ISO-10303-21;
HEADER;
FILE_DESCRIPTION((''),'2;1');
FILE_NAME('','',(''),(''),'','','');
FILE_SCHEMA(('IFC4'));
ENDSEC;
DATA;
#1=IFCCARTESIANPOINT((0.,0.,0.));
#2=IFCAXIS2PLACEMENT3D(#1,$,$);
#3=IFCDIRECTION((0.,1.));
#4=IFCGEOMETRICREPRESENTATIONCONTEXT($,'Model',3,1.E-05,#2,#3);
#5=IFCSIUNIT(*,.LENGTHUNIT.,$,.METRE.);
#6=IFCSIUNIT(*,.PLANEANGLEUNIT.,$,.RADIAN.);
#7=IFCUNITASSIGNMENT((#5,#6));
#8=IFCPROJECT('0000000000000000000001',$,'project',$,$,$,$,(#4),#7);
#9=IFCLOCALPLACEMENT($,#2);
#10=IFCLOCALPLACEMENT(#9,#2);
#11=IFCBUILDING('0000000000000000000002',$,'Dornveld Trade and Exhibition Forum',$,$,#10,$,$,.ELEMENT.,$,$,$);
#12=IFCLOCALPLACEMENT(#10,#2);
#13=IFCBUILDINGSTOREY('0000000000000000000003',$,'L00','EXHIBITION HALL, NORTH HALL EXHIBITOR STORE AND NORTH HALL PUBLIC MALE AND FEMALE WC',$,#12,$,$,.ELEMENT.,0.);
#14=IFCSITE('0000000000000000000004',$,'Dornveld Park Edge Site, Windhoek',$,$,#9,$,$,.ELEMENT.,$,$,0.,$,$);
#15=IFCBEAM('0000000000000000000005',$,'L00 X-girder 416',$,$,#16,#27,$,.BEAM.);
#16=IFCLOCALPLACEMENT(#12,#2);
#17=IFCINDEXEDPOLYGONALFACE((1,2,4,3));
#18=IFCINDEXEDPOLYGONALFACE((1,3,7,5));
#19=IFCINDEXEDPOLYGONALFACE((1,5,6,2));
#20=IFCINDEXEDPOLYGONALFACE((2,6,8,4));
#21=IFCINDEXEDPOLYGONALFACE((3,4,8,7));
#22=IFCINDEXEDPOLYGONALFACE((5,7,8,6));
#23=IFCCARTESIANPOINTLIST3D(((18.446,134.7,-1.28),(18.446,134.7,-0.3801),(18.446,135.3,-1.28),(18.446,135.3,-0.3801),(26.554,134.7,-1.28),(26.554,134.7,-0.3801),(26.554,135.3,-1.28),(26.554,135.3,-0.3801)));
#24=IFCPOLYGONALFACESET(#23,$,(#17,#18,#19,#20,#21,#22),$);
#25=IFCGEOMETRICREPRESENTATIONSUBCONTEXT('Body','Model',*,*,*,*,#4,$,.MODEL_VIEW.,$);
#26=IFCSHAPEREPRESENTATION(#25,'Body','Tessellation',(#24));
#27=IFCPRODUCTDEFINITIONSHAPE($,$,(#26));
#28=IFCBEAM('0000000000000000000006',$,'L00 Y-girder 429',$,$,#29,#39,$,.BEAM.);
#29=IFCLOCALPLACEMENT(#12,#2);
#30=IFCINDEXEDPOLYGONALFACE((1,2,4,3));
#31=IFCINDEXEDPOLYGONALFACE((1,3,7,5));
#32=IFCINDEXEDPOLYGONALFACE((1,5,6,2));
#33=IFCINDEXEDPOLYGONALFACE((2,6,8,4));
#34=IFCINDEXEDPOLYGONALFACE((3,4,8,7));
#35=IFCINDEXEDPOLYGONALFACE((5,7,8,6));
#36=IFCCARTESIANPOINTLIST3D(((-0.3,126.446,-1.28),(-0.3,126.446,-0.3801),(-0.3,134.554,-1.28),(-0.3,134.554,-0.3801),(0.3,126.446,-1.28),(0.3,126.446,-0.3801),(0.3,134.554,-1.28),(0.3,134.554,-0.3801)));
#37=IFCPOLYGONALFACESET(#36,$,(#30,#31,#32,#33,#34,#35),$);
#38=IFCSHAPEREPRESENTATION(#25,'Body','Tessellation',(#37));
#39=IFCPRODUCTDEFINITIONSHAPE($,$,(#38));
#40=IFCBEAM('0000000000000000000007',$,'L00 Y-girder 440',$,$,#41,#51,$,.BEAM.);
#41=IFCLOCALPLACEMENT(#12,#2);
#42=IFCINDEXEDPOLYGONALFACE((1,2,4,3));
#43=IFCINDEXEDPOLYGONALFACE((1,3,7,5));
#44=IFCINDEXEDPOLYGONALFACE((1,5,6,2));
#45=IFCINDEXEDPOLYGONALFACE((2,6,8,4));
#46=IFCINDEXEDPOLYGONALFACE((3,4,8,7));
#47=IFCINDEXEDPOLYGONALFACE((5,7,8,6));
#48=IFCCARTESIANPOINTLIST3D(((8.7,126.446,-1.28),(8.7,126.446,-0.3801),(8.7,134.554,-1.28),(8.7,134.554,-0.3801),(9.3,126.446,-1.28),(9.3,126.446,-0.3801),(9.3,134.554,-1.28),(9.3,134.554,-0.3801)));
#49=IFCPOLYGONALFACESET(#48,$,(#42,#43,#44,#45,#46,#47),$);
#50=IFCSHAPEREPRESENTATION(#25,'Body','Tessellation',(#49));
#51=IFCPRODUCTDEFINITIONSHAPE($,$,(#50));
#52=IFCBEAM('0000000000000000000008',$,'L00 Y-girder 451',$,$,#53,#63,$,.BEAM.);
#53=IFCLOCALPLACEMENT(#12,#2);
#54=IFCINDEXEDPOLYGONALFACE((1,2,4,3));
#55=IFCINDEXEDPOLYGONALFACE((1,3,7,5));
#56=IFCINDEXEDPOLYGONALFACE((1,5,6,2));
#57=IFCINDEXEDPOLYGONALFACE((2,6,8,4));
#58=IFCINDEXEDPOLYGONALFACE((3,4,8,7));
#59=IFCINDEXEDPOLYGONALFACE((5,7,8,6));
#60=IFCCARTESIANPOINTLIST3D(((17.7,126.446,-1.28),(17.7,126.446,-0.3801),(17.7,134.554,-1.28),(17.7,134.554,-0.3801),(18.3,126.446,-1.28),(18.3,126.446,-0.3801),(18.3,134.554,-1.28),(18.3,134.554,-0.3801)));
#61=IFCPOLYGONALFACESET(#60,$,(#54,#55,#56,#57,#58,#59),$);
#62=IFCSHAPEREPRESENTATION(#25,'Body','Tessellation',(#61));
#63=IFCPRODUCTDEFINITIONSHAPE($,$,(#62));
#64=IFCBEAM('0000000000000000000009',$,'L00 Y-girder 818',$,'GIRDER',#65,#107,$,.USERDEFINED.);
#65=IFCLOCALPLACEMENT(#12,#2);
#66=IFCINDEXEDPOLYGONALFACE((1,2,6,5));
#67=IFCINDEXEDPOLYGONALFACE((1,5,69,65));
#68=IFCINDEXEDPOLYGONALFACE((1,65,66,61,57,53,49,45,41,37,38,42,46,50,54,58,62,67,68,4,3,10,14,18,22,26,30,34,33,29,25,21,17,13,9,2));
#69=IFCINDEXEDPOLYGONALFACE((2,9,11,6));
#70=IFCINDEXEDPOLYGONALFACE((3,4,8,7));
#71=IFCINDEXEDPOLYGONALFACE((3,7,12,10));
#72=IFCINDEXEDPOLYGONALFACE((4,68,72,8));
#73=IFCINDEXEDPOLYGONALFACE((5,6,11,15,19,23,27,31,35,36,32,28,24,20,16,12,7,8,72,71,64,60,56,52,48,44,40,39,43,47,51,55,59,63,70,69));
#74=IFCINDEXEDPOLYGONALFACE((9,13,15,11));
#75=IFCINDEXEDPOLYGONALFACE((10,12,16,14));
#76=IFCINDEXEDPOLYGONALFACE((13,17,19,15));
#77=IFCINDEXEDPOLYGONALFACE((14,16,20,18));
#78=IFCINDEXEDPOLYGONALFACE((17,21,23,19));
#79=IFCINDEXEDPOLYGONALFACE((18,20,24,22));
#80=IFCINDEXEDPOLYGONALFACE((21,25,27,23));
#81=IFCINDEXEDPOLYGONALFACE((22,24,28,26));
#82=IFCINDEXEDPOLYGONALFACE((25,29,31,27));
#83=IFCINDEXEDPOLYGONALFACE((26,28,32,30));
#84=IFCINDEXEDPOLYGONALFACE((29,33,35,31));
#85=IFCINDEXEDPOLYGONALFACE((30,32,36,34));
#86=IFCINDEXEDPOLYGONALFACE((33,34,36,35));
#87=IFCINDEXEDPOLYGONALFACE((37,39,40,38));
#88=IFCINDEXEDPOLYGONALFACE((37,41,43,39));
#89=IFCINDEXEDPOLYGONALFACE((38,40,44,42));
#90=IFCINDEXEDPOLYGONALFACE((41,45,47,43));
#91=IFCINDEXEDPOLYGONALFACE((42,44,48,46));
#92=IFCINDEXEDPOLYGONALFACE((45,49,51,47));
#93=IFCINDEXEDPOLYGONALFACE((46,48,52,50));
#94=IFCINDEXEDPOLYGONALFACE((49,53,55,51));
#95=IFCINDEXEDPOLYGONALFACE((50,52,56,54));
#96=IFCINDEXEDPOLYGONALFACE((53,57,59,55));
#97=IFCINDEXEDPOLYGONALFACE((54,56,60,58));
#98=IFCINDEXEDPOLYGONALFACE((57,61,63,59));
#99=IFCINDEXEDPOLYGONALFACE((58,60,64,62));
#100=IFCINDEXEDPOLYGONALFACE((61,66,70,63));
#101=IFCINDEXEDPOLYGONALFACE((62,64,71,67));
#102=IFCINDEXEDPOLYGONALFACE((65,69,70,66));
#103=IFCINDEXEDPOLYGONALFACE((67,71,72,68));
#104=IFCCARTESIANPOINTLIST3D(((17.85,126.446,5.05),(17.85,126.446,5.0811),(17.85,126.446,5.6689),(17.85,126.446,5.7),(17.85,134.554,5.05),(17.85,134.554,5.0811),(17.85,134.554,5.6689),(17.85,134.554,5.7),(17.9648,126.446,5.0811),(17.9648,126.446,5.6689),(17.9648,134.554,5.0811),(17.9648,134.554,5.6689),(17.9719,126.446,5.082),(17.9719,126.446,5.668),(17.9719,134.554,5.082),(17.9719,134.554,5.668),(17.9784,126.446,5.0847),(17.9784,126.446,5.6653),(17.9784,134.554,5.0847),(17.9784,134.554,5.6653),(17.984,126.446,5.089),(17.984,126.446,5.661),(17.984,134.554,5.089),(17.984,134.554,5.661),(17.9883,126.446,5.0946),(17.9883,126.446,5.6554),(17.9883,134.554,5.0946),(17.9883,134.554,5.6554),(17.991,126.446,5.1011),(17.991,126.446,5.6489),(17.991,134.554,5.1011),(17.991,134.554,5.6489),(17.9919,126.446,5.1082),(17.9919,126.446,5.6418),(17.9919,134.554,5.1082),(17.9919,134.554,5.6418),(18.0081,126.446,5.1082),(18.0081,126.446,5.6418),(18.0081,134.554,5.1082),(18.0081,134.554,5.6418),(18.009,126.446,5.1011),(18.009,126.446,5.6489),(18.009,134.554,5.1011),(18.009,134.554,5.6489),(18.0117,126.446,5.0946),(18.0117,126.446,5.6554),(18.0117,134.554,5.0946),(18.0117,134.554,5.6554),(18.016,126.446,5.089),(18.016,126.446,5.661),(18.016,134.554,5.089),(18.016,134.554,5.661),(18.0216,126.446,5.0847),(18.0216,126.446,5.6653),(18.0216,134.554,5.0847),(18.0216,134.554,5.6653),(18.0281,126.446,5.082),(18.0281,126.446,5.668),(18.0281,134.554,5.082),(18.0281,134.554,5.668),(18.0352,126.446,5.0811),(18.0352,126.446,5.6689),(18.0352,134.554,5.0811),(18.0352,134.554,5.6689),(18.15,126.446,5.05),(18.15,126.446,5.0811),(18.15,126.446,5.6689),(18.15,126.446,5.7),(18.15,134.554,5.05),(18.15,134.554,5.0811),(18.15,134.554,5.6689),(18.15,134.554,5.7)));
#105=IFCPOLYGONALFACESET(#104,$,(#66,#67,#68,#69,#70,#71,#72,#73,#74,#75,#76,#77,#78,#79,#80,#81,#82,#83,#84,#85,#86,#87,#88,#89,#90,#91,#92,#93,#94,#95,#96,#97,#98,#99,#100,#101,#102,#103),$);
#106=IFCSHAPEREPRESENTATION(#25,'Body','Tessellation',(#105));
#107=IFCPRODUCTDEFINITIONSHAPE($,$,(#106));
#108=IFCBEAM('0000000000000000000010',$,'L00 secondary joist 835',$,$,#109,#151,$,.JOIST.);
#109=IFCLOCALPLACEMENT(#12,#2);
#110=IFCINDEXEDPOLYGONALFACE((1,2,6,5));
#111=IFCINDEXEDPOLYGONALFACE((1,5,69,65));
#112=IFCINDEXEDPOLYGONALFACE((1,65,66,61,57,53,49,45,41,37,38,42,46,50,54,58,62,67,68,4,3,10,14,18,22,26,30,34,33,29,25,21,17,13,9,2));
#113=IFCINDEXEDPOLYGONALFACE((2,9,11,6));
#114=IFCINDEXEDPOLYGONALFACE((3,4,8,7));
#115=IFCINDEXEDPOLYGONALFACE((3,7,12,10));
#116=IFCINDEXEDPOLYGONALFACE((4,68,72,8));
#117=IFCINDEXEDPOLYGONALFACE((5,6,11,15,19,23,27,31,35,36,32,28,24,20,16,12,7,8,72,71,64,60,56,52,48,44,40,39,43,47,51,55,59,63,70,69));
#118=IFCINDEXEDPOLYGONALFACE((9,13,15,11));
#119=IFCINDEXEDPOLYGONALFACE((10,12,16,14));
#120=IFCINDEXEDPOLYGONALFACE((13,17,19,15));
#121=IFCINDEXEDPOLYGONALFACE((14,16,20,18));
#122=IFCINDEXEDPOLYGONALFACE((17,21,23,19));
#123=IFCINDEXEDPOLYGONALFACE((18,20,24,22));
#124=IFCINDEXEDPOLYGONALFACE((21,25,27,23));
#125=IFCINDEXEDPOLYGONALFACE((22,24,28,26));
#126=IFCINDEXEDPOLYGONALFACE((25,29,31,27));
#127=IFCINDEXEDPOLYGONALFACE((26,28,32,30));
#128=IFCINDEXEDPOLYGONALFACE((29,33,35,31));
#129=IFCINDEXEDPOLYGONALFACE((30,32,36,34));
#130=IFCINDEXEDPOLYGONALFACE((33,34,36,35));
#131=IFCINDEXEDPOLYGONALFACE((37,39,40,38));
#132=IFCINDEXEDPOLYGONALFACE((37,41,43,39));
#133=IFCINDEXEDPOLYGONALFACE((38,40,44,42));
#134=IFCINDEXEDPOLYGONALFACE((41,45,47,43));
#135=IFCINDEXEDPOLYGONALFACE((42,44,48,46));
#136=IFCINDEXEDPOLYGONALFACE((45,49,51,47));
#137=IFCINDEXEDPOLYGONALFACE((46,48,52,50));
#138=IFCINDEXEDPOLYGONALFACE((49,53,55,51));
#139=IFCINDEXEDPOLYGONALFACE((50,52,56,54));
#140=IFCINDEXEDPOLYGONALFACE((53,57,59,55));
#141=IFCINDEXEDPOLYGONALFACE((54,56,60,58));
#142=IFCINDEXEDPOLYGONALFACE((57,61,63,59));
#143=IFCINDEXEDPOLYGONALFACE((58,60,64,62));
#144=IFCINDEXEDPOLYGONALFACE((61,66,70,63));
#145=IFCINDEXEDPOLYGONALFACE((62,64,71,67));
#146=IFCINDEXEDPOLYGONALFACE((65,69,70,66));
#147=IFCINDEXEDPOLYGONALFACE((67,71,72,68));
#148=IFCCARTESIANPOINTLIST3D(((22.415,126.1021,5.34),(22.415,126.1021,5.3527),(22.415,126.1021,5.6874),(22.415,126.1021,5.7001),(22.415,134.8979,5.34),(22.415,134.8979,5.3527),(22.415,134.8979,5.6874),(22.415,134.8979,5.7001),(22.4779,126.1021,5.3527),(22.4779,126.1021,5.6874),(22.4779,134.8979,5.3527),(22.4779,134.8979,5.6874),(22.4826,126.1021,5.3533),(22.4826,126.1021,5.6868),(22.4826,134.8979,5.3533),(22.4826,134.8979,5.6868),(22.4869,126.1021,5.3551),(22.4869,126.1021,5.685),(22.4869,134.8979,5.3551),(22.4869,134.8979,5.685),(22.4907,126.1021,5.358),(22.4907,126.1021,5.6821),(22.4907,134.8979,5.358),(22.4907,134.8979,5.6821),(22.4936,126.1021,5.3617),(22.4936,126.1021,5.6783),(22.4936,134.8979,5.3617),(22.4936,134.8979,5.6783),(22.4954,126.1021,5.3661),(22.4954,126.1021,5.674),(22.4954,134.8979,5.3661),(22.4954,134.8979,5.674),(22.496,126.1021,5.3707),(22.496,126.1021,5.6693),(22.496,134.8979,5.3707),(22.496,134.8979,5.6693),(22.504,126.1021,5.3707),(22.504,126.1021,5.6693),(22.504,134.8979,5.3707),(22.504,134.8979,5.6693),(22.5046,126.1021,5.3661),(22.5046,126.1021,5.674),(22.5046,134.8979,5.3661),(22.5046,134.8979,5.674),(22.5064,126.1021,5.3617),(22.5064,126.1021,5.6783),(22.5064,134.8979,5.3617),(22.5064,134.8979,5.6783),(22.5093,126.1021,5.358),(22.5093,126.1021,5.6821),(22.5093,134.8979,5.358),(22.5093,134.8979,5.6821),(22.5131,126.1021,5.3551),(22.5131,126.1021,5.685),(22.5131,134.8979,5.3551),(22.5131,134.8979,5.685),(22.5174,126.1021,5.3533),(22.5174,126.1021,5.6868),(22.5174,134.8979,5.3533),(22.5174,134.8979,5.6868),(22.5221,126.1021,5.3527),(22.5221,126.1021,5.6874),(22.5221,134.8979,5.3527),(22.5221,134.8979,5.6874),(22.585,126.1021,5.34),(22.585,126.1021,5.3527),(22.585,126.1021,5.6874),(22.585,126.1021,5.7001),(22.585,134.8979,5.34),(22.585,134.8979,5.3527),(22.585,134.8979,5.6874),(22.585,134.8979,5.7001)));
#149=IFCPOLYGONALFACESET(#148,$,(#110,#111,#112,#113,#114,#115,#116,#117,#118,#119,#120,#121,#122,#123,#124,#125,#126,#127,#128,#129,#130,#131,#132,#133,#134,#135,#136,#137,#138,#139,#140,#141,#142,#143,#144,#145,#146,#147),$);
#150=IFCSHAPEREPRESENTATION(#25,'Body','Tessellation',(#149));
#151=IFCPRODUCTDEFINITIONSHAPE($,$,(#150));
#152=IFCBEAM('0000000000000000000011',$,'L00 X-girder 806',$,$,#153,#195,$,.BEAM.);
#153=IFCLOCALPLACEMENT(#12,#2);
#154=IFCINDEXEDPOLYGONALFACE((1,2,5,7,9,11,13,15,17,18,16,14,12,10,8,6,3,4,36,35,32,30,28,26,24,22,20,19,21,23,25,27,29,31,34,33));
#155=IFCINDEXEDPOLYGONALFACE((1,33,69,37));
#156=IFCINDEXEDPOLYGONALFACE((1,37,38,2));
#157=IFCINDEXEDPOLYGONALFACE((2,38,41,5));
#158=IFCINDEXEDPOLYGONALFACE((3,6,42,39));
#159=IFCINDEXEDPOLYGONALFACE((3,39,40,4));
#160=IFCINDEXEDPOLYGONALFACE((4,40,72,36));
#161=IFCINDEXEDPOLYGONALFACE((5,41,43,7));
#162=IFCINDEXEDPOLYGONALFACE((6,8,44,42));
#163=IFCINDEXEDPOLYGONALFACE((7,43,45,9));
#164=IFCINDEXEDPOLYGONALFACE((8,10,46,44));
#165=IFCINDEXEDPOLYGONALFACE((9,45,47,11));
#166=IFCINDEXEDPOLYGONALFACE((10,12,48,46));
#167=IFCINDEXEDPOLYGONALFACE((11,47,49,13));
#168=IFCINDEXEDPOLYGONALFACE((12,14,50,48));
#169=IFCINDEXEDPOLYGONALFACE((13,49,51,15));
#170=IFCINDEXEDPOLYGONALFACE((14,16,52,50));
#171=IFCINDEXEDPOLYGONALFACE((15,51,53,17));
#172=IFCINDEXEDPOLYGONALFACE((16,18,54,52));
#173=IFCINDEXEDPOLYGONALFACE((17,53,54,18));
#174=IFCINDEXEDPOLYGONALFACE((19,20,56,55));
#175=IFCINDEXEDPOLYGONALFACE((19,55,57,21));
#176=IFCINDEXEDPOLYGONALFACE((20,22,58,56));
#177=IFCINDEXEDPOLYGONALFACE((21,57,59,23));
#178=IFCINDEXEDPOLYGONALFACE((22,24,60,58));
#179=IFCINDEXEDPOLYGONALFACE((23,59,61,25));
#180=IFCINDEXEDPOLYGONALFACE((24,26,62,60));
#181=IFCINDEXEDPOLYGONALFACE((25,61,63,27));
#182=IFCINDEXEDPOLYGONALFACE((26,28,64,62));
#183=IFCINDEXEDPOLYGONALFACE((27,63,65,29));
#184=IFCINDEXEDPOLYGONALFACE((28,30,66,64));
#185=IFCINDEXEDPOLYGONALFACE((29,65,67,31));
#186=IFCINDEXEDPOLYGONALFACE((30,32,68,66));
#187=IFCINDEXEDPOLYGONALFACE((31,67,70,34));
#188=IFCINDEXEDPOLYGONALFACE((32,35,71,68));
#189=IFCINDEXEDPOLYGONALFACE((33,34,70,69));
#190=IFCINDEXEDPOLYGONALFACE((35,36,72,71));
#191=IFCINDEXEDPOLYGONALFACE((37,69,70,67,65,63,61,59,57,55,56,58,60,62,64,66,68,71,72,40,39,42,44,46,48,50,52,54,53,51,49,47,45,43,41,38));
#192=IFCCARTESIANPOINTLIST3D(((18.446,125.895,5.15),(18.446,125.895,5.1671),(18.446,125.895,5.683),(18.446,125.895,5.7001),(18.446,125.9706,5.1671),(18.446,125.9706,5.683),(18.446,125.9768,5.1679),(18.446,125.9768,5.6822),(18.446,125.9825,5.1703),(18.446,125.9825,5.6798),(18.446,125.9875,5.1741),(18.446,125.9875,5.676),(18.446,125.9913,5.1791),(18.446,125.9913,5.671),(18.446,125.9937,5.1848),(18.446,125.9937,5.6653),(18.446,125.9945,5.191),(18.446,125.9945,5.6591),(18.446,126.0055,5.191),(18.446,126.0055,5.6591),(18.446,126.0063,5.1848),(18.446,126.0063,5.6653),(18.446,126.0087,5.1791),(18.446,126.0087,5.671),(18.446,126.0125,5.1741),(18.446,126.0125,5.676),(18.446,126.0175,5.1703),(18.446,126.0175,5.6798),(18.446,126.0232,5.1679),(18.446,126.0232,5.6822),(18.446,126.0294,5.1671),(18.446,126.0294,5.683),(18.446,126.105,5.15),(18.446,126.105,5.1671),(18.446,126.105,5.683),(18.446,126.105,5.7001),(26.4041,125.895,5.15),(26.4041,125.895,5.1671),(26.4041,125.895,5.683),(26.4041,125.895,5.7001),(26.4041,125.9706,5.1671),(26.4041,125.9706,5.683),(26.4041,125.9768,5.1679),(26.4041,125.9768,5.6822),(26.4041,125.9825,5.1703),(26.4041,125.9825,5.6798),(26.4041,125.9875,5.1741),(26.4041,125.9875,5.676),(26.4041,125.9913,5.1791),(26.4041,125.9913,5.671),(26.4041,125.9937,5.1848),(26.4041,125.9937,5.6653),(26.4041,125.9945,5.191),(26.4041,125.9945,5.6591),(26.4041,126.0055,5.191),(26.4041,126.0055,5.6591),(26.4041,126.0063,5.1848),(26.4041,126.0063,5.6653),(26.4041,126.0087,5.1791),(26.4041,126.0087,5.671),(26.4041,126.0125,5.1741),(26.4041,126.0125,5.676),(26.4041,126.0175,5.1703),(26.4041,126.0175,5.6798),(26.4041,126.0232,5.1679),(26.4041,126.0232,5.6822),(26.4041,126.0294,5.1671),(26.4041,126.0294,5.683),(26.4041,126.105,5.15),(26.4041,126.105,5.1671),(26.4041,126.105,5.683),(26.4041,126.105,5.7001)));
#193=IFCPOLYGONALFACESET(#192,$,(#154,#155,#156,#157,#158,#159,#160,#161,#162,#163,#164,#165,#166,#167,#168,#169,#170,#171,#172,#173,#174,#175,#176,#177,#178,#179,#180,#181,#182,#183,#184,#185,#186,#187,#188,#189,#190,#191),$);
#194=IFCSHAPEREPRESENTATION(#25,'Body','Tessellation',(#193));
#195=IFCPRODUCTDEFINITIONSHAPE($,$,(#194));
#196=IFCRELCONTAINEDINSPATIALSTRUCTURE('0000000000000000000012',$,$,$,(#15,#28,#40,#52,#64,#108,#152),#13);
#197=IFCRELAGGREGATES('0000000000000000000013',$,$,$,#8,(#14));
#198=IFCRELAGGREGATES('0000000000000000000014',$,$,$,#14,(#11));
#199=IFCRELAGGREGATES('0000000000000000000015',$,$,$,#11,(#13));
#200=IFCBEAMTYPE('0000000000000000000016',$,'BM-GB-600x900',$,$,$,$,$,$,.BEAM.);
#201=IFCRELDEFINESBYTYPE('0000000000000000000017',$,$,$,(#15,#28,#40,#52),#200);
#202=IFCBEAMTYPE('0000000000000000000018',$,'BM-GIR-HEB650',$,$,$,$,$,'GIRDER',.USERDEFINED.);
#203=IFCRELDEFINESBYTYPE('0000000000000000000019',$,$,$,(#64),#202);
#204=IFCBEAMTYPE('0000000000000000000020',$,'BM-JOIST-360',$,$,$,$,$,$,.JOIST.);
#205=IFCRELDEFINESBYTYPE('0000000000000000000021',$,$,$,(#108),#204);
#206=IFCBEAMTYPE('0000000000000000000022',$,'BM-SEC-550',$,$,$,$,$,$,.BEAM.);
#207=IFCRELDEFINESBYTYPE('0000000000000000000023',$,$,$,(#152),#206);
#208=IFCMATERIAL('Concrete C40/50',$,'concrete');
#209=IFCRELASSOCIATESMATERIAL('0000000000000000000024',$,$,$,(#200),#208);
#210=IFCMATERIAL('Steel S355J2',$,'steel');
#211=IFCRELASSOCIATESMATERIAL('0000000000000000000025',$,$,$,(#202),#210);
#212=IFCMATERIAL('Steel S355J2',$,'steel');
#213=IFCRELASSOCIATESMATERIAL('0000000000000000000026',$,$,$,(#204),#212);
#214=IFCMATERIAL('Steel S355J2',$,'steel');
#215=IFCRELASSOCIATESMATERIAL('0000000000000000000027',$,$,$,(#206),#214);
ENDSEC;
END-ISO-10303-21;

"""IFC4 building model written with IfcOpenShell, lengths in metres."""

from ifc_helpers import new_model, si_unit, direction, frame, origin, origin_2d, place, context, subcontext, project, spatial, rectangle, i_section, extrude, material, material_profile, profile_set, type_object, element, save


model = new_model("IFC4")

# Units and contexts
model_context = context("Model", 3, precision=1e-05, world=origin(), true_north=direction((0.0, 1.0)))
body_context = subcontext(model_context, "Body", "Model", "MODEL_VIEW")
ifc_project = project(units=[si_unit("LENGTHUNIT", "METRE"), si_unit("PLANEANGLEUNIT", "RADIAN")], contexts=[model_context])

# Site, building, storey
site_placement = place(None, origin())
site = spatial("IfcSite", under=ifc_project, at=site_placement, Name="Dornveld Park Edge Site, Windhoek", CompositionType="ELEMENT", RefElevation=0.0)
building_placement = place(site_placement, origin())
building = spatial("IfcBuilding", under=site, at=building_placement, Name="Dornveld Trade and Exhibition Forum", CompositionType="ELEMENT")
storey_placement = place(building_placement, origin())
storey = spatial("IfcBuildingStorey", under=building, at=storey_placement, Name="L00", Description="EXHIBITION HALL, NORTH HALL EXHIBITOR STORE AND NORTH HALL PUBLIC MALE AND FEMALE WC", CompositionType="ELEMENT", Elevation=0.0)

# Beams
ifc_material_1 = material(Name="Concrete C40/50", Category="concrete")
ifc_material_profile_1 = material_profile(ifc_material_1, rectangle(XDim=0.6001, YDim=0.8999, at=origin_2d()), Name="RC-GB 600x900")
ifc_profile_set_1 = profile_set([ifc_material_profile_1], Name="Concrete C40/50")
beam_type_1 = type_object("IfcBeamType", Name="BM-GB-600x900", PredefinedType="BEAM", material=ifc_profile_set_1)
for number, where, z_axis, x_axis, name in (
    (1, (18.446, 135.0, -0.8301), (1.0, 0.0, 0.0), (0.0, 1.0, 0.0), "L00 X-girder 416"),
    (2, (0.0, 126.446, -0.8301), (0.0, 1.0, 0.0), (-1.0, 0.0, 0.0), "L00 Y-girder 429"),
    (3, (9.0, 126.446, -0.8301), (0.0, 1.0, 0.0), (-1.0, 0.0, 0.0), "L00 Y-girder 440"),
    (4, (18.0, 126.446, -0.8301), (0.0, 1.0, 0.0), (-1.0, 0.0, 0.0), "L00 Y-girder 451"),
):
    element("IfcBeam", number, at=place(storey_placement, frame(where, z_axis=z_axis, x_axis=x_axis)), inside=storey, type_object=beam_type_1, Name=name, PredefinedType="BEAM", context=body_context, shape_type="SweptSolid", body=[
        extrude(rectangle(XDim=0.6001, YDim=0.8999, at=origin_2d()), origin(), (0.0, 0.0, 1.0), 8.1079),
    ])
ifc_material_2 = material(Name="Steel S355J2", Category="steel")
ifc_material_profile_2 = material_profile(ifc_material_2, i_section(OverallWidth=0.3, OverallDepth=0.6499, WebThickness=0.0161, FlangeThickness=0.031, FilletRadius=0.0271, at=origin_2d()), Name="HEB 650")
ifc_profile_set_2 = profile_set([ifc_material_profile_2], Name="Steel S355J2")
beam_type_2 = type_object("IfcBeamType", Name="BM-GIR-HEB650", ElementType="GIRDER", PredefinedType="USERDEFINED", material=ifc_profile_set_2)
beam_1_placement = place(storey_placement, frame((18.0, 126.446, 5.375), z_axis=(0.0, 1.0, 0.0), x_axis=(-1.0, 0.0, 0.0)))
element("IfcBeam", 5, at=beam_1_placement, inside=storey, type_object=beam_type_2, Name="L00 Y-girder 818", ObjectType="GIRDER", PredefinedType="USERDEFINED", context=body_context, shape_type="SweptSolid", body=[
    extrude(i_section(OverallWidth=0.3, OverallDepth=0.6499, WebThickness=0.0161, FlangeThickness=0.031, FilletRadius=0.0271, at=origin_2d()), origin(), (0.0, 0.0, 1.0), 8.1079),
])
ifc_material_3 = material(Name="Steel S355J2", Category="steel")
ifc_material_profile_3 = material_profile(ifc_material_3, i_section(OverallWidth=0.1699, OverallDepth=0.3601, WebThickness=0.0081, FlangeThickness=0.0127, FilletRadius=0.0181, at=origin_2d()), Name="IPE 360")
ifc_profile_set_3 = profile_set([ifc_material_profile_3], Name="Steel S355J2")
beam_type_3 = type_object("IfcBeamType", Name="BM-JOIST-360", PredefinedType="JOIST", material=ifc_profile_set_3)
beam_2_placement = place(storey_placement, frame((22.5, 126.1021, 5.52), z_axis=(0.0, 1.0, 0.0), x_axis=(-1.0, 0.0, 0.0)))
element("IfcBeam", 6, at=beam_2_placement, inside=storey, type_object=beam_type_3, Name="L00 secondary joist 835", PredefinedType="JOIST", context=body_context, shape_type="SweptSolid", body=[
    extrude(i_section(OverallWidth=0.1699, OverallDepth=0.3601, WebThickness=0.0081, FlangeThickness=0.0127, FilletRadius=0.0181, at=origin_2d()), origin(), (0.0, 0.0, 1.0), 8.7959),
])
ifc_material_4 = material(Name="Steel S355J2", Category="steel")
ifc_material_profile_4 = material_profile(ifc_material_4, i_section(OverallWidth=0.21, OverallDepth=0.55, WebThickness=0.011, FlangeThickness=0.0171, FilletRadius=0.0239, at=origin_2d()), Name="IPE 550")
ifc_profile_set_4 = profile_set([ifc_material_profile_4], Name="Steel S355J2")
beam_type_4 = type_object("IfcBeamType", Name="BM-SEC-550", PredefinedType="BEAM", material=ifc_profile_set_4)
for number, where, z_axis, x_axis, name in (
    (7, (18.446, 126.0, 5.425), (1.0, 0.0, 0.0), (0.0, 1.0, 0.0), "L00 X-girder 806"),
):
    element("IfcBeam", number, at=place(storey_placement, frame(where, z_axis=z_axis, x_axis=x_axis)), inside=storey, type_object=beam_type_4, Name=name, PredefinedType="BEAM", context=body_context, shape_type="SweptSolid", body=[
        extrude(i_section(OverallWidth=0.21, OverallDepth=0.55, WebThickness=0.011, FlangeThickness=0.0171, FilletRadius=0.0239, at=origin_2d()), origin(), (0.0, 0.0, 1.0), 7.958),
    ])

save(model, "model.ifc")
